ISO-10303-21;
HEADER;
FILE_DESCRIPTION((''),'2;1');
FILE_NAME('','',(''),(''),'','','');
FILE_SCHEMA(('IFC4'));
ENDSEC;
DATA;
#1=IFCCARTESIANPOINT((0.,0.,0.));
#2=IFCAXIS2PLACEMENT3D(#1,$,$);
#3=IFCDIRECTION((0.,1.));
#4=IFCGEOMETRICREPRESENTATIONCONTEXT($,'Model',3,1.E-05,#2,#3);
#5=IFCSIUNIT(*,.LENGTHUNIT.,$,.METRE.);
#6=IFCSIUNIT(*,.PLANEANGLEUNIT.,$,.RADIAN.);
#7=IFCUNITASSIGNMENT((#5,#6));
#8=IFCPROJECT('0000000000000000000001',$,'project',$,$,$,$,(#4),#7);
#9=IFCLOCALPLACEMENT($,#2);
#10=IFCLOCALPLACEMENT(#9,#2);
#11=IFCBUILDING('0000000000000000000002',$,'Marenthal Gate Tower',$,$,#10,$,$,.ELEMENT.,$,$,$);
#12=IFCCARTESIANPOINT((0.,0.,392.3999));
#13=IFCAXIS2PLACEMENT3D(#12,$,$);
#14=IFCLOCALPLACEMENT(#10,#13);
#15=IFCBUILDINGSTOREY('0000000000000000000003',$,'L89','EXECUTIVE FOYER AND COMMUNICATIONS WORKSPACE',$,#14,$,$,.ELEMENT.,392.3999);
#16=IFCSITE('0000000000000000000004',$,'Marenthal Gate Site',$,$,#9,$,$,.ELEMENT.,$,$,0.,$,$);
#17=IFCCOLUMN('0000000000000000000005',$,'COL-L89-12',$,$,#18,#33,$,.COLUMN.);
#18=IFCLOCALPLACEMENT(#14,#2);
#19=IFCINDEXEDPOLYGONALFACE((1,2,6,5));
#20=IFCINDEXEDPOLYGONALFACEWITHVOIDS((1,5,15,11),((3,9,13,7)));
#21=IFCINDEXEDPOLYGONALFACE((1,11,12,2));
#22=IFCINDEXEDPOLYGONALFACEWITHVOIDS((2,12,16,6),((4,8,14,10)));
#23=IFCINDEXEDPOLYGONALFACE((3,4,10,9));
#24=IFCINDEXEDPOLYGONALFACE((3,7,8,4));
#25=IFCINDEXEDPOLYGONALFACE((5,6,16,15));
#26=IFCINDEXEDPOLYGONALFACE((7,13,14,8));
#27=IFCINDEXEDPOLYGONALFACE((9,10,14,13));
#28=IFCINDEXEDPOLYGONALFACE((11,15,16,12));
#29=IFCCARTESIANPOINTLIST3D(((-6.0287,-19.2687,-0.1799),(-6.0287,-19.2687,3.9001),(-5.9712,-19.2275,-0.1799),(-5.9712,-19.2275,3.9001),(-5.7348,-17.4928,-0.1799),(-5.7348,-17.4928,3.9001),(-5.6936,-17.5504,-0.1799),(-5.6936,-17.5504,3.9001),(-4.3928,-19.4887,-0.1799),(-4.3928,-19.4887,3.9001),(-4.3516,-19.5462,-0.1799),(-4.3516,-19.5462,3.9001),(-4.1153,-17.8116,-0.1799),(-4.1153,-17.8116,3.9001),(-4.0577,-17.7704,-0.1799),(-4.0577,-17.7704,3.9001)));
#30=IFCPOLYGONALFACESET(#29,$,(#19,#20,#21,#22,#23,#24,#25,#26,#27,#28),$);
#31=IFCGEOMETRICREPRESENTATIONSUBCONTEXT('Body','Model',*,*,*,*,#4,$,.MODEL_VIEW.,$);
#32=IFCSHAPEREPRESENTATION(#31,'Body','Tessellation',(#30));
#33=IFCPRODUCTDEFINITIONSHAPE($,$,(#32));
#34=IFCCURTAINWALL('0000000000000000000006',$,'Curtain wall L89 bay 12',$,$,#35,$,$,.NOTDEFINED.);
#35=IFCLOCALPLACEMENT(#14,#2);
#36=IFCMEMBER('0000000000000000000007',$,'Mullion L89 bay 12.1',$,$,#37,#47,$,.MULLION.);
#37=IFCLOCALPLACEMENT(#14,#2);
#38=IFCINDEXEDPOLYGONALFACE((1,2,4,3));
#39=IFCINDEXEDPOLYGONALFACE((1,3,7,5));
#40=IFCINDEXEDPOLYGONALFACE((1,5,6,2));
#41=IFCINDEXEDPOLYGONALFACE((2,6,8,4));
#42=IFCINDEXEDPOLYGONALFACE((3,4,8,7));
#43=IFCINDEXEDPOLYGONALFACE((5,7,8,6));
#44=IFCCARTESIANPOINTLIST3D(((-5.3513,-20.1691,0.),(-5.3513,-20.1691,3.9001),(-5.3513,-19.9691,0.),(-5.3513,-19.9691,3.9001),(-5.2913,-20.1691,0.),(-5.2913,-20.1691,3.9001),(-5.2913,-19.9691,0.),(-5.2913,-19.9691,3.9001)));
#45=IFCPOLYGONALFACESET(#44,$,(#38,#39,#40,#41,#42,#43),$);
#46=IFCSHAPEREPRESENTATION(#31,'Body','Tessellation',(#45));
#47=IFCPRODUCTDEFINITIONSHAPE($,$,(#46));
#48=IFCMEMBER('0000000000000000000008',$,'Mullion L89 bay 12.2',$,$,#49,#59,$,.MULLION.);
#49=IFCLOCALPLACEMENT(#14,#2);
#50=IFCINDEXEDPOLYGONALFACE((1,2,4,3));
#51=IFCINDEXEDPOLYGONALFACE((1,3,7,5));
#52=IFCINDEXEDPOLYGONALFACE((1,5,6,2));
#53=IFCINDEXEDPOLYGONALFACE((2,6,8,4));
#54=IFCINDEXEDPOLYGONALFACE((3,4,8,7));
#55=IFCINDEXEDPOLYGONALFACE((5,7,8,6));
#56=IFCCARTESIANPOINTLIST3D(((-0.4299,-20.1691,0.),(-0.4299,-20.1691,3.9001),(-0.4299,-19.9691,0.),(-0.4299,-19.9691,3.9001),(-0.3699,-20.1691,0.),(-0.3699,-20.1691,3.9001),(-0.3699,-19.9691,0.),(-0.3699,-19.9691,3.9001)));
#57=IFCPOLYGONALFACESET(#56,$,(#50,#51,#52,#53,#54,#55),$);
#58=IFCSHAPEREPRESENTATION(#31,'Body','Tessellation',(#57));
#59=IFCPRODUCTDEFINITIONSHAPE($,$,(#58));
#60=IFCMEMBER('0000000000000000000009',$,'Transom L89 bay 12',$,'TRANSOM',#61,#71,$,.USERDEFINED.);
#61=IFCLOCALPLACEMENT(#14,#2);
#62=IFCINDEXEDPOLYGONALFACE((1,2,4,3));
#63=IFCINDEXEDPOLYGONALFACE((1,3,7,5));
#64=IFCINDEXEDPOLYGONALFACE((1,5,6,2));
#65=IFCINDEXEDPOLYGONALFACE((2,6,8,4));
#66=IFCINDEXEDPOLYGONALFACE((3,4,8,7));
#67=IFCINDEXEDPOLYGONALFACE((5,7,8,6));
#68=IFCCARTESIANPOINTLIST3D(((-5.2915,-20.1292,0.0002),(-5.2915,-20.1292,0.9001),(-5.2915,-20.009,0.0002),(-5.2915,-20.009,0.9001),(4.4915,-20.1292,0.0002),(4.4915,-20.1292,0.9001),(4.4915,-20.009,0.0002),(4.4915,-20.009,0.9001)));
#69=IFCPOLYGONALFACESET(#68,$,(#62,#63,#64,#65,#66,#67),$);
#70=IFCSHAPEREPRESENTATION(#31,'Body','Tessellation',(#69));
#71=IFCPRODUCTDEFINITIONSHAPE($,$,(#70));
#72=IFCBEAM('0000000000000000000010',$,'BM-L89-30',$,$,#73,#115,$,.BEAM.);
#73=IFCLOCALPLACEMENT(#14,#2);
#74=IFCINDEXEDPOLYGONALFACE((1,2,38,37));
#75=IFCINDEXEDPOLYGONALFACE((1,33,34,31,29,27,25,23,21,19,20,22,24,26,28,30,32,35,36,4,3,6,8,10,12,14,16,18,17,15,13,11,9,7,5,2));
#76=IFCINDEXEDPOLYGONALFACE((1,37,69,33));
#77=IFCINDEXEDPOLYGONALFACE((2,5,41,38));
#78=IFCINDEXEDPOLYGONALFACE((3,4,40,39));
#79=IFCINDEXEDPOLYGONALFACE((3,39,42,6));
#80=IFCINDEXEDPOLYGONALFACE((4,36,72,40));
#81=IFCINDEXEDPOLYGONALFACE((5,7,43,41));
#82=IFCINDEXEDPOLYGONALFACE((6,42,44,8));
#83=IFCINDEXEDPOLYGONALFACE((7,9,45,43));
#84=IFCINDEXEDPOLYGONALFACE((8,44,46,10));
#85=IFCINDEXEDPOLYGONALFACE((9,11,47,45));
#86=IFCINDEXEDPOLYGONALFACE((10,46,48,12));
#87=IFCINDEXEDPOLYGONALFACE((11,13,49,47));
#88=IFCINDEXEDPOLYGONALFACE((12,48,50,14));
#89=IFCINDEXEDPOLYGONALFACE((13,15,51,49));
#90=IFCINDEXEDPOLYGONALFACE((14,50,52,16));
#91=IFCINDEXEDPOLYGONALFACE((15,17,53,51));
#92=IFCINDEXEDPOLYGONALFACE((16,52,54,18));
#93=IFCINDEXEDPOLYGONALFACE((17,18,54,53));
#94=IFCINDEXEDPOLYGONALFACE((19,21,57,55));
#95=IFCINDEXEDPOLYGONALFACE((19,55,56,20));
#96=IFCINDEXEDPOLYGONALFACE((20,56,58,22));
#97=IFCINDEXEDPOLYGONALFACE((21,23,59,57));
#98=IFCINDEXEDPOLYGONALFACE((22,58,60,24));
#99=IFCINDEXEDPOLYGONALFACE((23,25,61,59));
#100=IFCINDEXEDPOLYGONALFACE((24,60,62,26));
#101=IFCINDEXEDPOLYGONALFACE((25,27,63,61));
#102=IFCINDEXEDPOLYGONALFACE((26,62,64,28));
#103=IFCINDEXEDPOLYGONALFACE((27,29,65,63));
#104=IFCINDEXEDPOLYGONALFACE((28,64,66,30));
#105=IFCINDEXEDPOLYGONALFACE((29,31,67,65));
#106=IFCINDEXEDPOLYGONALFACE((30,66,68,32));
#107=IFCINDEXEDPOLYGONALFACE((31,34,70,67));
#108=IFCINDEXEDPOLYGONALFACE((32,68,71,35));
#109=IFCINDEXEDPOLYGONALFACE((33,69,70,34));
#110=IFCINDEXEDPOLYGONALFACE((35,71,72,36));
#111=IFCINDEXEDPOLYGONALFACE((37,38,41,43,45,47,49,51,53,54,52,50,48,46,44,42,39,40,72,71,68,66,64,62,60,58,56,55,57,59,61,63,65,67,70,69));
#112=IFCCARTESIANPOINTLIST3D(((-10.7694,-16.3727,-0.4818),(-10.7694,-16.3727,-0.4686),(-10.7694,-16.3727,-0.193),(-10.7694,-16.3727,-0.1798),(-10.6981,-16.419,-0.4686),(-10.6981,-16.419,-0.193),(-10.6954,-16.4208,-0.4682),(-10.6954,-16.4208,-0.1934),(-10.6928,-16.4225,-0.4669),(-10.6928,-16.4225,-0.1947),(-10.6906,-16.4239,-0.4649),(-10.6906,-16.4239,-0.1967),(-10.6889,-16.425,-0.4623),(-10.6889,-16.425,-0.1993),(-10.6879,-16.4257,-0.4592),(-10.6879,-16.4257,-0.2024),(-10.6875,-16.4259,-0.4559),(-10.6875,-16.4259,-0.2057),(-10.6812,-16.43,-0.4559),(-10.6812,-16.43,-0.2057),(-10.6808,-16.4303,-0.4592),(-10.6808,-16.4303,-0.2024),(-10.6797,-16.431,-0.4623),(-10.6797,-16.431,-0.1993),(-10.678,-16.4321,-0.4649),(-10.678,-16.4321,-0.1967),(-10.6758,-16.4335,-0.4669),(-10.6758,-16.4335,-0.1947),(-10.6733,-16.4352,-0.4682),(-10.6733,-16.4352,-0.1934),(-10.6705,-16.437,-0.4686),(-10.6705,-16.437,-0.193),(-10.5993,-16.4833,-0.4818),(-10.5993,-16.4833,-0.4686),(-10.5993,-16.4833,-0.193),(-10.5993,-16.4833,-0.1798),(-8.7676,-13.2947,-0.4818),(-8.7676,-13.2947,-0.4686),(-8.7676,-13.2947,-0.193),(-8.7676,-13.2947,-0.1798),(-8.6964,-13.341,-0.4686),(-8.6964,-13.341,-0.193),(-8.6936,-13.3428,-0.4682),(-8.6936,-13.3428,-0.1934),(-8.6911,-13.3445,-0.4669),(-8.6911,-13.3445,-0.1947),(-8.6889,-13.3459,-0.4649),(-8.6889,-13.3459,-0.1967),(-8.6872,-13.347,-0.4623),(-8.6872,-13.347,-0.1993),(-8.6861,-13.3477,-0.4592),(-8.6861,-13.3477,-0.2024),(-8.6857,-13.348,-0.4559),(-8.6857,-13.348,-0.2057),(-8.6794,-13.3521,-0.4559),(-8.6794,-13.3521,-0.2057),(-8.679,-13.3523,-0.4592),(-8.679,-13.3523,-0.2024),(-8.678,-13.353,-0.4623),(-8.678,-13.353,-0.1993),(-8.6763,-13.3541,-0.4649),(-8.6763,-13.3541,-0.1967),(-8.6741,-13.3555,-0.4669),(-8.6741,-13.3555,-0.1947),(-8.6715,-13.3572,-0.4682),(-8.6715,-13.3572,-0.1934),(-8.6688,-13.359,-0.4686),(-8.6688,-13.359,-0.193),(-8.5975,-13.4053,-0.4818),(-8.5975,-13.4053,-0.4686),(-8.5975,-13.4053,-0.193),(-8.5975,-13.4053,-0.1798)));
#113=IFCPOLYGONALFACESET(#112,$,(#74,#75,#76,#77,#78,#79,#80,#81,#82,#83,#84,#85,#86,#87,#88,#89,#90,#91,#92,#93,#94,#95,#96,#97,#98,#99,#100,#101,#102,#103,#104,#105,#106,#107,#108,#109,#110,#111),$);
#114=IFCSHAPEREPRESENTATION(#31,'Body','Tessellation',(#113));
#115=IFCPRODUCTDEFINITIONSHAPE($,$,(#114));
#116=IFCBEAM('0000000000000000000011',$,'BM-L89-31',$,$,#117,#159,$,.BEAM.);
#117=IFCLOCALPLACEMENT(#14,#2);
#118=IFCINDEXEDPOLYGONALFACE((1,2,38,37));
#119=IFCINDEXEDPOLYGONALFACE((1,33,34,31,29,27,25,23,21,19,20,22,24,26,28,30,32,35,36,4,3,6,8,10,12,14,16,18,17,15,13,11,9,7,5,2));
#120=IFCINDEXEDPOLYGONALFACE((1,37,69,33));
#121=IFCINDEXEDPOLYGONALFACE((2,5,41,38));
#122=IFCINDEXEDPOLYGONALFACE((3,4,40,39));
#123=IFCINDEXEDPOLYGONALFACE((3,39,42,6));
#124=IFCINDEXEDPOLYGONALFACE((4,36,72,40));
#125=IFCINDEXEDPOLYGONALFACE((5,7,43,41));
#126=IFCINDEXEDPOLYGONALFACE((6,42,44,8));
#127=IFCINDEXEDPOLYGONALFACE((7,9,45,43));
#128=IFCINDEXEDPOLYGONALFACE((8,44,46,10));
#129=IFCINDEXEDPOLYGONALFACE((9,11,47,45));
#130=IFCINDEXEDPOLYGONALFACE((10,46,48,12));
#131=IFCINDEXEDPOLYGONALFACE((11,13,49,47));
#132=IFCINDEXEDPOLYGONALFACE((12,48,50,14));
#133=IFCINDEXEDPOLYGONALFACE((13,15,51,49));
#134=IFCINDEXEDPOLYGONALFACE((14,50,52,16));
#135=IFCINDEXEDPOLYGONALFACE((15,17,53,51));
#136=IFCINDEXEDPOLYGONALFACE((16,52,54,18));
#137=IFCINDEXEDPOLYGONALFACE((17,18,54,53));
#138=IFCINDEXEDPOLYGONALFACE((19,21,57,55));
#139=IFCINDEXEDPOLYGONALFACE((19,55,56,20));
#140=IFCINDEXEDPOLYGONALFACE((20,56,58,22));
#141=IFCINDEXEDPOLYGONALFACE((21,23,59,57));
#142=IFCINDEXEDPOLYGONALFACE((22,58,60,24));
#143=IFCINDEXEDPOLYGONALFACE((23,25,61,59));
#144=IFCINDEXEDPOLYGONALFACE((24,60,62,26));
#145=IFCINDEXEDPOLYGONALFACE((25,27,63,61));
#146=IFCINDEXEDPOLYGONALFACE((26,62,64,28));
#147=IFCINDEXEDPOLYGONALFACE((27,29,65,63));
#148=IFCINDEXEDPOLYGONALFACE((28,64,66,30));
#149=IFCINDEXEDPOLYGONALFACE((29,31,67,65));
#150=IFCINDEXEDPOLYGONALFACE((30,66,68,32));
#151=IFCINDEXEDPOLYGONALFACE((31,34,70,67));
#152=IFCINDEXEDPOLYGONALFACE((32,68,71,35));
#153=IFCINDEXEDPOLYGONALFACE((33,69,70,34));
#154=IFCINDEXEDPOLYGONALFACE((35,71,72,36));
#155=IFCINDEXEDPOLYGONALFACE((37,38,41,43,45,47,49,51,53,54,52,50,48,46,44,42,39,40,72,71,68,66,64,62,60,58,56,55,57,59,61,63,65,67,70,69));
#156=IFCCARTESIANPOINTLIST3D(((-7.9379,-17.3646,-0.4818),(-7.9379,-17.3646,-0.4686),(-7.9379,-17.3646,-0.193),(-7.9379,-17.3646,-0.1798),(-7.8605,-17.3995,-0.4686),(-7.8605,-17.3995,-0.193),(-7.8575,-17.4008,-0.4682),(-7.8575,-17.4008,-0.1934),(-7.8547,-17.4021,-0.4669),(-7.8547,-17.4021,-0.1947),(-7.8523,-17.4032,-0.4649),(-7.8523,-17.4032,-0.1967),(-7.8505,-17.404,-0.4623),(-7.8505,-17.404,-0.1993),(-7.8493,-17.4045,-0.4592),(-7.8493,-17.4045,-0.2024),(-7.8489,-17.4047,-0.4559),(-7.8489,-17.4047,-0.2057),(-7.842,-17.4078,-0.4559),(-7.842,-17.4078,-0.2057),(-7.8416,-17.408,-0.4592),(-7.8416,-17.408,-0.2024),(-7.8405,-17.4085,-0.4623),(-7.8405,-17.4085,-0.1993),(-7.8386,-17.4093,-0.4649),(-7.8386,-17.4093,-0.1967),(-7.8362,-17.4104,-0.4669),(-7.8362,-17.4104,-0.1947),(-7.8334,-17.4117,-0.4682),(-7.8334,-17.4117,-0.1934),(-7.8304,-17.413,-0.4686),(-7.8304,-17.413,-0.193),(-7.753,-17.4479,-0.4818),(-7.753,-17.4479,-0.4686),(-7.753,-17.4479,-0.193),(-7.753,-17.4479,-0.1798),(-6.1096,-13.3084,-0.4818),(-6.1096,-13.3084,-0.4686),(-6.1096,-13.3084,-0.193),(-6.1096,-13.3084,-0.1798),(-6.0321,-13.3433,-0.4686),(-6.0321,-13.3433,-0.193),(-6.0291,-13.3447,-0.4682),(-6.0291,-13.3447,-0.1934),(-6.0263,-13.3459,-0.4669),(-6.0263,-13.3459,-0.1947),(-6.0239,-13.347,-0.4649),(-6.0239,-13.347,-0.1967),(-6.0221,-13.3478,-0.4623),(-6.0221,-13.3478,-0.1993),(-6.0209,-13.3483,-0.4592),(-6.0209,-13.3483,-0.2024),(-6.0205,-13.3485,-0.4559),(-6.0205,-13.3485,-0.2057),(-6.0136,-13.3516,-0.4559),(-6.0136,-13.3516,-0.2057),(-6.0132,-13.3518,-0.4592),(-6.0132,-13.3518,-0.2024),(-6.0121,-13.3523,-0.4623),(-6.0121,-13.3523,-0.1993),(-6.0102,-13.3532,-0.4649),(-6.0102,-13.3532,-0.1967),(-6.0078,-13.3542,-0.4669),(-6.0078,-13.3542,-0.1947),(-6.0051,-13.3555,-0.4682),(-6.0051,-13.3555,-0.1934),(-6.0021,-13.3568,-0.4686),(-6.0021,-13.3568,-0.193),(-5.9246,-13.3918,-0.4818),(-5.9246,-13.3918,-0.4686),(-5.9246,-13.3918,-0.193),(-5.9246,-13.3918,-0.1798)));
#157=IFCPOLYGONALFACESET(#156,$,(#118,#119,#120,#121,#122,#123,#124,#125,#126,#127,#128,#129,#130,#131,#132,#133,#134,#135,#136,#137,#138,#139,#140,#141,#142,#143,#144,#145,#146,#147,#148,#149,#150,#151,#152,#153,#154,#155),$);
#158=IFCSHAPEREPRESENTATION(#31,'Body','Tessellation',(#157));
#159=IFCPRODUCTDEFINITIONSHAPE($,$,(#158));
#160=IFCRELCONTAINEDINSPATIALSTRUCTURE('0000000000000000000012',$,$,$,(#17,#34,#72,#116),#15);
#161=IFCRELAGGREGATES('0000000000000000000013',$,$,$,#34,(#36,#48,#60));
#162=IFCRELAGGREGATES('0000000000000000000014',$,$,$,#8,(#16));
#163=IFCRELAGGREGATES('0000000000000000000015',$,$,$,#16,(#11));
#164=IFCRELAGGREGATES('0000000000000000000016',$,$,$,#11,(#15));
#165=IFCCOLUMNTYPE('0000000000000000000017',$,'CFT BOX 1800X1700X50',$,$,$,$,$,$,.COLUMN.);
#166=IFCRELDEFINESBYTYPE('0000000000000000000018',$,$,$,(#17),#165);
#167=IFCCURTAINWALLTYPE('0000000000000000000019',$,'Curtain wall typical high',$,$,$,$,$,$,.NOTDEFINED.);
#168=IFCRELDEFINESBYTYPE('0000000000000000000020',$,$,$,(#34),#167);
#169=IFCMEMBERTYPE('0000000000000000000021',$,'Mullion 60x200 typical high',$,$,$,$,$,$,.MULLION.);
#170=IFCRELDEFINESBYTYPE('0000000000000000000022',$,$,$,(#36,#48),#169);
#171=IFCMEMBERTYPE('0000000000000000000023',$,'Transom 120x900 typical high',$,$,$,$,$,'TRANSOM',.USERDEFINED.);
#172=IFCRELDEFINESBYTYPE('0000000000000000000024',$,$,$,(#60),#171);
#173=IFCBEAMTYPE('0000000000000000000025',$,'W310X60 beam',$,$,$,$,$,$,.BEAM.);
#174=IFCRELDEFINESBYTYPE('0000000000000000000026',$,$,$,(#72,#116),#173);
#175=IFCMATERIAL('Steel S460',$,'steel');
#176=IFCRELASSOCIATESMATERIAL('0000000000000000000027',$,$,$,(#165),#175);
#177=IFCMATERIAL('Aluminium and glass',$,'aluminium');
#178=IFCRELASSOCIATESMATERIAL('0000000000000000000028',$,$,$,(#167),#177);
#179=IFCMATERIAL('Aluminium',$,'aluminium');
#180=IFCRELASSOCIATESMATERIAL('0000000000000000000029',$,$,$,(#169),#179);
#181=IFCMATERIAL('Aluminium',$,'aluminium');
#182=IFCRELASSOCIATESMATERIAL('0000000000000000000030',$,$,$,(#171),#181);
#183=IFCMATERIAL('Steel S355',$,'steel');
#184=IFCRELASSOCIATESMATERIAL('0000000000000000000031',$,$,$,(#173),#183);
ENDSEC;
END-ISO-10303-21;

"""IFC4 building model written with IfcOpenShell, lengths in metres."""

from ifc_helpers import new_model, si_unit, direction, frame, origin, origin_2d, place, context, subcontext, project, spatial, rectangle, hollow_rectangle, i_section, extrude, material, material_profile, profile_set, type_object, element, aggregate, save


model = new_model("IFC4")

# Units and contexts
model_context = context("Model", 3, precision=1e-05, world=origin(), true_north=direction((0.0, 1.0)))
body_context = subcontext(model_context, "Body", "Model", "MODEL_VIEW")
ifc_project = project(units=[si_unit("LENGTHUNIT", "METRE"), si_unit("PLANEANGLEUNIT", "RADIAN")], contexts=[model_context])

# Site, building, storey
site_placement = place(None, origin())
site = spatial("IfcSite", under=ifc_project, at=site_placement, Name="Marenthal Gate Site", CompositionType="ELEMENT", RefElevation=0.0)
building_placement = place(site_placement, origin())
building = spatial("IfcBuilding", under=site, at=building_placement, Name="Marenthal Gate Tower", CompositionType="ELEMENT")
storey_placement = place(building_placement, frame((0.0, 0.0, 392.3999)))
storey = spatial("IfcBuildingStorey", under=building, at=storey_placement, Name="L89", Description="EXECUTIVE FOYER AND COMMUNICATIONS WORKSPACE", CompositionType="ELEMENT", Elevation=392.3999)

# Column
ifc_material_1 = material(Name="Steel S460", Category="steel")
ifc_material_profile_1 = material_profile(ifc_material_1, hollow_rectangle(XDim=1.7, YDim=1.8, WallThickness=0.05, at=origin_2d()), Name="CFT BOX 1800X1700X50")
ifc_material_2 = material(Name="Concrete 70 MPa", Category="concrete")
ifc_material_profile_2 = material_profile(ifc_material_2, rectangle(XDim=1.6001, YDim=1.7, at=origin_2d()), Name="CFT BOX 1800X1700X50 INFILL")
ifc_profile_set_1 = profile_set([ifc_material_profile_1, ifc_material_profile_2], Name="Steel S460 shell, Concrete 70 MPa infill")
column_type = type_object("IfcColumnType", Name="CFT BOX 1800X1700X50", PredefinedType="COLUMN", material=ifc_profile_set_1)
column_placement = place(storey_placement, frame((-5.0432, -18.5195, -0.1799), z_axis=(0.0, 0.0, 1.0), x_axis=(-0.986583, 0.163262, 0.0)))
element("IfcColumn", 1, at=column_placement, inside=storey, type_object=column_type, Name="COL-L89-12", PredefinedType="COLUMN", context=body_context, shape_type="SweptSolid", body=[
    extrude(hollow_rectangle(XDim=1.7, YDim=1.8, WallThickness=0.05, at=origin_2d()), origin(), (0.0, 0.0, 1.0), 4.0801),
])

# Curtain wall, members
ifc_material_3 = material(Name="Aluminium and glass", Category="aluminium")
curtain_wall_type = type_object("IfcCurtainWallType", Name="Curtain wall typical high", PredefinedType="NOTDEFINED", material=ifc_material_3)
curtain_wall_placement = place(storey_placement, origin())
curtain_wall = element("IfcCurtainWall", 2, at=curtain_wall_placement, inside=storey, type_object=curtain_wall_type, Name="Curtain wall L89 bay 12", PredefinedType="NOTDEFINED")
ifc_material_4 = material(Name="Aluminium", Category="aluminium")
ifc_material_profile_3 = material_profile(ifc_material_4, rectangle(XDim=0.2, YDim=0.0601, at=origin_2d()), Name="60x200 aluminium mullion")
ifc_profile_set_2 = profile_set([ifc_material_profile_3], Name="Aluminium")
member_type_1 = type_object("IfcMemberType", Name="Mullion 60x200 typical high", PredefinedType="MULLION", material=ifc_profile_set_2)
member_1_placement = place(storey_placement, frame((-5.3213, -20.0691, 0.0), z_axis=(0.0, 0.0, 1.0), x_axis=(0.0, 1.0, 0.0)))
member_1 = element("IfcMember", 3, at=member_1_placement, type_object=member_type_1, Name="Mullion L89 bay 12.1", PredefinedType="MULLION", context=body_context, shape_type="SweptSolid", body=[
    extrude(rectangle(XDim=0.2, YDim=0.0601, at=origin_2d()), origin(), (0.0, 0.0, 1.0), 3.9001),
])
member_2_placement = place(storey_placement, frame((-0.3999, -20.0691, 0.0), z_axis=(0.0, 0.0, 1.0), x_axis=(0.0, 1.0, 0.0)))
member_2 = element("IfcMember", 4, at=member_2_placement, type_object=member_type_1, Name="Mullion L89 bay 12.2", PredefinedType="MULLION", context=body_context, shape_type="SweptSolid", body=[
    extrude(rectangle(XDim=0.2, YDim=0.0601, at=origin_2d()), origin(), (0.0, 0.0, 1.0), 3.9001),
])
ifc_material_5 = material(Name="Aluminium", Category="aluminium")
ifc_material_profile_4 = material_profile(ifc_material_5, rectangle(XDim=0.1201, YDim=0.8999, at=origin_2d()), Name="120x900 aluminium transom")
ifc_profile_set_3 = profile_set([ifc_material_profile_4], Name="Aluminium")
member_type_2 = type_object("IfcMemberType", Name="Transom 120x900 typical high", ElementType="TRANSOM", PredefinedType="USERDEFINED", material=ifc_profile_set_3)
member_3_placement = place(storey_placement, frame((-5.2915, -20.0691, 0.4502), z_axis=(1.0, 0.0, 0.0), x_axis=(0.0, 1.0, 0.0)))
member_3 = element("IfcMember", 5, at=member_3_placement, type_object=member_type_2, Name="Transom L89 bay 12", ObjectType="TRANSOM", PredefinedType="USERDEFINED", context=body_context, shape_type="SweptSolid", body=[
    extrude(rectangle(XDim=0.1201, YDim=0.8999, at=origin_2d()), origin(), (0.0, 0.0, 1.0), 9.783),
])

# Beams
ifc_material_6 = material(Name="Steel S355", Category="steel")
ifc_material_profile_5 = material_profile(ifc_material_6, i_section(OverallWidth=0.2029, OverallDepth=0.302, WebThickness=0.0076, FlangeThickness=0.0132, FilletRadius=0.0127, at=origin_2d()), Name="W310X60")
ifc_profile_set_4 = profile_set([ifc_material_profile_5], Name="Steel S355")
beam_type_1 = type_object("IfcBeamType", Name="W310X60 beam", PredefinedType="BEAM", material=ifc_profile_set_4)
beam_1_placement = place(storey_placement, frame((-10.6843, -16.428, -0.3308), z_axis=(0.545196, 0.838308, 0.0), x_axis=(-0.838308, 0.545196, 0.0)))
element("IfcBeam", 6, at=beam_1_placement, inside=storey, type_object=beam_type_1, Name="BM-L89-30", PredefinedType="BEAM", context=body_context, shape_type="SweptSolid", body=[
    extrude(i_section(OverallWidth=0.2029, OverallDepth=0.302, WebThickness=0.0076, FlangeThickness=0.0132, FilletRadius=0.0127, at=origin_2d()), origin(), (0.0, 0.0, 1.0), 3.6716),
])
beam_2_placement = place(storey_placement, frame((-7.8455, -17.4062, -0.3308), z_axis=(0.410944, 0.911661, 0.0), x_axis=(-0.911661, 0.410944, 0.0)))
element("IfcBeam", 7, at=beam_2_placement, inside=storey, type_object=beam_type_1, Name="BM-L89-31", PredefinedType="BEAM", context=body_context, shape_type="SweptSolid", body=[
    extrude(i_section(OverallWidth=0.2029, OverallDepth=0.302, WebThickness=0.0076, FlangeThickness=0.0132, FilletRadius=0.0127, at=origin_2d()), origin(), (0.0, 0.0, 1.0), 4.4492),
])

aggregate(curtain_wall, [member_1, member_2, member_3])

save(model, "model.ifc")
